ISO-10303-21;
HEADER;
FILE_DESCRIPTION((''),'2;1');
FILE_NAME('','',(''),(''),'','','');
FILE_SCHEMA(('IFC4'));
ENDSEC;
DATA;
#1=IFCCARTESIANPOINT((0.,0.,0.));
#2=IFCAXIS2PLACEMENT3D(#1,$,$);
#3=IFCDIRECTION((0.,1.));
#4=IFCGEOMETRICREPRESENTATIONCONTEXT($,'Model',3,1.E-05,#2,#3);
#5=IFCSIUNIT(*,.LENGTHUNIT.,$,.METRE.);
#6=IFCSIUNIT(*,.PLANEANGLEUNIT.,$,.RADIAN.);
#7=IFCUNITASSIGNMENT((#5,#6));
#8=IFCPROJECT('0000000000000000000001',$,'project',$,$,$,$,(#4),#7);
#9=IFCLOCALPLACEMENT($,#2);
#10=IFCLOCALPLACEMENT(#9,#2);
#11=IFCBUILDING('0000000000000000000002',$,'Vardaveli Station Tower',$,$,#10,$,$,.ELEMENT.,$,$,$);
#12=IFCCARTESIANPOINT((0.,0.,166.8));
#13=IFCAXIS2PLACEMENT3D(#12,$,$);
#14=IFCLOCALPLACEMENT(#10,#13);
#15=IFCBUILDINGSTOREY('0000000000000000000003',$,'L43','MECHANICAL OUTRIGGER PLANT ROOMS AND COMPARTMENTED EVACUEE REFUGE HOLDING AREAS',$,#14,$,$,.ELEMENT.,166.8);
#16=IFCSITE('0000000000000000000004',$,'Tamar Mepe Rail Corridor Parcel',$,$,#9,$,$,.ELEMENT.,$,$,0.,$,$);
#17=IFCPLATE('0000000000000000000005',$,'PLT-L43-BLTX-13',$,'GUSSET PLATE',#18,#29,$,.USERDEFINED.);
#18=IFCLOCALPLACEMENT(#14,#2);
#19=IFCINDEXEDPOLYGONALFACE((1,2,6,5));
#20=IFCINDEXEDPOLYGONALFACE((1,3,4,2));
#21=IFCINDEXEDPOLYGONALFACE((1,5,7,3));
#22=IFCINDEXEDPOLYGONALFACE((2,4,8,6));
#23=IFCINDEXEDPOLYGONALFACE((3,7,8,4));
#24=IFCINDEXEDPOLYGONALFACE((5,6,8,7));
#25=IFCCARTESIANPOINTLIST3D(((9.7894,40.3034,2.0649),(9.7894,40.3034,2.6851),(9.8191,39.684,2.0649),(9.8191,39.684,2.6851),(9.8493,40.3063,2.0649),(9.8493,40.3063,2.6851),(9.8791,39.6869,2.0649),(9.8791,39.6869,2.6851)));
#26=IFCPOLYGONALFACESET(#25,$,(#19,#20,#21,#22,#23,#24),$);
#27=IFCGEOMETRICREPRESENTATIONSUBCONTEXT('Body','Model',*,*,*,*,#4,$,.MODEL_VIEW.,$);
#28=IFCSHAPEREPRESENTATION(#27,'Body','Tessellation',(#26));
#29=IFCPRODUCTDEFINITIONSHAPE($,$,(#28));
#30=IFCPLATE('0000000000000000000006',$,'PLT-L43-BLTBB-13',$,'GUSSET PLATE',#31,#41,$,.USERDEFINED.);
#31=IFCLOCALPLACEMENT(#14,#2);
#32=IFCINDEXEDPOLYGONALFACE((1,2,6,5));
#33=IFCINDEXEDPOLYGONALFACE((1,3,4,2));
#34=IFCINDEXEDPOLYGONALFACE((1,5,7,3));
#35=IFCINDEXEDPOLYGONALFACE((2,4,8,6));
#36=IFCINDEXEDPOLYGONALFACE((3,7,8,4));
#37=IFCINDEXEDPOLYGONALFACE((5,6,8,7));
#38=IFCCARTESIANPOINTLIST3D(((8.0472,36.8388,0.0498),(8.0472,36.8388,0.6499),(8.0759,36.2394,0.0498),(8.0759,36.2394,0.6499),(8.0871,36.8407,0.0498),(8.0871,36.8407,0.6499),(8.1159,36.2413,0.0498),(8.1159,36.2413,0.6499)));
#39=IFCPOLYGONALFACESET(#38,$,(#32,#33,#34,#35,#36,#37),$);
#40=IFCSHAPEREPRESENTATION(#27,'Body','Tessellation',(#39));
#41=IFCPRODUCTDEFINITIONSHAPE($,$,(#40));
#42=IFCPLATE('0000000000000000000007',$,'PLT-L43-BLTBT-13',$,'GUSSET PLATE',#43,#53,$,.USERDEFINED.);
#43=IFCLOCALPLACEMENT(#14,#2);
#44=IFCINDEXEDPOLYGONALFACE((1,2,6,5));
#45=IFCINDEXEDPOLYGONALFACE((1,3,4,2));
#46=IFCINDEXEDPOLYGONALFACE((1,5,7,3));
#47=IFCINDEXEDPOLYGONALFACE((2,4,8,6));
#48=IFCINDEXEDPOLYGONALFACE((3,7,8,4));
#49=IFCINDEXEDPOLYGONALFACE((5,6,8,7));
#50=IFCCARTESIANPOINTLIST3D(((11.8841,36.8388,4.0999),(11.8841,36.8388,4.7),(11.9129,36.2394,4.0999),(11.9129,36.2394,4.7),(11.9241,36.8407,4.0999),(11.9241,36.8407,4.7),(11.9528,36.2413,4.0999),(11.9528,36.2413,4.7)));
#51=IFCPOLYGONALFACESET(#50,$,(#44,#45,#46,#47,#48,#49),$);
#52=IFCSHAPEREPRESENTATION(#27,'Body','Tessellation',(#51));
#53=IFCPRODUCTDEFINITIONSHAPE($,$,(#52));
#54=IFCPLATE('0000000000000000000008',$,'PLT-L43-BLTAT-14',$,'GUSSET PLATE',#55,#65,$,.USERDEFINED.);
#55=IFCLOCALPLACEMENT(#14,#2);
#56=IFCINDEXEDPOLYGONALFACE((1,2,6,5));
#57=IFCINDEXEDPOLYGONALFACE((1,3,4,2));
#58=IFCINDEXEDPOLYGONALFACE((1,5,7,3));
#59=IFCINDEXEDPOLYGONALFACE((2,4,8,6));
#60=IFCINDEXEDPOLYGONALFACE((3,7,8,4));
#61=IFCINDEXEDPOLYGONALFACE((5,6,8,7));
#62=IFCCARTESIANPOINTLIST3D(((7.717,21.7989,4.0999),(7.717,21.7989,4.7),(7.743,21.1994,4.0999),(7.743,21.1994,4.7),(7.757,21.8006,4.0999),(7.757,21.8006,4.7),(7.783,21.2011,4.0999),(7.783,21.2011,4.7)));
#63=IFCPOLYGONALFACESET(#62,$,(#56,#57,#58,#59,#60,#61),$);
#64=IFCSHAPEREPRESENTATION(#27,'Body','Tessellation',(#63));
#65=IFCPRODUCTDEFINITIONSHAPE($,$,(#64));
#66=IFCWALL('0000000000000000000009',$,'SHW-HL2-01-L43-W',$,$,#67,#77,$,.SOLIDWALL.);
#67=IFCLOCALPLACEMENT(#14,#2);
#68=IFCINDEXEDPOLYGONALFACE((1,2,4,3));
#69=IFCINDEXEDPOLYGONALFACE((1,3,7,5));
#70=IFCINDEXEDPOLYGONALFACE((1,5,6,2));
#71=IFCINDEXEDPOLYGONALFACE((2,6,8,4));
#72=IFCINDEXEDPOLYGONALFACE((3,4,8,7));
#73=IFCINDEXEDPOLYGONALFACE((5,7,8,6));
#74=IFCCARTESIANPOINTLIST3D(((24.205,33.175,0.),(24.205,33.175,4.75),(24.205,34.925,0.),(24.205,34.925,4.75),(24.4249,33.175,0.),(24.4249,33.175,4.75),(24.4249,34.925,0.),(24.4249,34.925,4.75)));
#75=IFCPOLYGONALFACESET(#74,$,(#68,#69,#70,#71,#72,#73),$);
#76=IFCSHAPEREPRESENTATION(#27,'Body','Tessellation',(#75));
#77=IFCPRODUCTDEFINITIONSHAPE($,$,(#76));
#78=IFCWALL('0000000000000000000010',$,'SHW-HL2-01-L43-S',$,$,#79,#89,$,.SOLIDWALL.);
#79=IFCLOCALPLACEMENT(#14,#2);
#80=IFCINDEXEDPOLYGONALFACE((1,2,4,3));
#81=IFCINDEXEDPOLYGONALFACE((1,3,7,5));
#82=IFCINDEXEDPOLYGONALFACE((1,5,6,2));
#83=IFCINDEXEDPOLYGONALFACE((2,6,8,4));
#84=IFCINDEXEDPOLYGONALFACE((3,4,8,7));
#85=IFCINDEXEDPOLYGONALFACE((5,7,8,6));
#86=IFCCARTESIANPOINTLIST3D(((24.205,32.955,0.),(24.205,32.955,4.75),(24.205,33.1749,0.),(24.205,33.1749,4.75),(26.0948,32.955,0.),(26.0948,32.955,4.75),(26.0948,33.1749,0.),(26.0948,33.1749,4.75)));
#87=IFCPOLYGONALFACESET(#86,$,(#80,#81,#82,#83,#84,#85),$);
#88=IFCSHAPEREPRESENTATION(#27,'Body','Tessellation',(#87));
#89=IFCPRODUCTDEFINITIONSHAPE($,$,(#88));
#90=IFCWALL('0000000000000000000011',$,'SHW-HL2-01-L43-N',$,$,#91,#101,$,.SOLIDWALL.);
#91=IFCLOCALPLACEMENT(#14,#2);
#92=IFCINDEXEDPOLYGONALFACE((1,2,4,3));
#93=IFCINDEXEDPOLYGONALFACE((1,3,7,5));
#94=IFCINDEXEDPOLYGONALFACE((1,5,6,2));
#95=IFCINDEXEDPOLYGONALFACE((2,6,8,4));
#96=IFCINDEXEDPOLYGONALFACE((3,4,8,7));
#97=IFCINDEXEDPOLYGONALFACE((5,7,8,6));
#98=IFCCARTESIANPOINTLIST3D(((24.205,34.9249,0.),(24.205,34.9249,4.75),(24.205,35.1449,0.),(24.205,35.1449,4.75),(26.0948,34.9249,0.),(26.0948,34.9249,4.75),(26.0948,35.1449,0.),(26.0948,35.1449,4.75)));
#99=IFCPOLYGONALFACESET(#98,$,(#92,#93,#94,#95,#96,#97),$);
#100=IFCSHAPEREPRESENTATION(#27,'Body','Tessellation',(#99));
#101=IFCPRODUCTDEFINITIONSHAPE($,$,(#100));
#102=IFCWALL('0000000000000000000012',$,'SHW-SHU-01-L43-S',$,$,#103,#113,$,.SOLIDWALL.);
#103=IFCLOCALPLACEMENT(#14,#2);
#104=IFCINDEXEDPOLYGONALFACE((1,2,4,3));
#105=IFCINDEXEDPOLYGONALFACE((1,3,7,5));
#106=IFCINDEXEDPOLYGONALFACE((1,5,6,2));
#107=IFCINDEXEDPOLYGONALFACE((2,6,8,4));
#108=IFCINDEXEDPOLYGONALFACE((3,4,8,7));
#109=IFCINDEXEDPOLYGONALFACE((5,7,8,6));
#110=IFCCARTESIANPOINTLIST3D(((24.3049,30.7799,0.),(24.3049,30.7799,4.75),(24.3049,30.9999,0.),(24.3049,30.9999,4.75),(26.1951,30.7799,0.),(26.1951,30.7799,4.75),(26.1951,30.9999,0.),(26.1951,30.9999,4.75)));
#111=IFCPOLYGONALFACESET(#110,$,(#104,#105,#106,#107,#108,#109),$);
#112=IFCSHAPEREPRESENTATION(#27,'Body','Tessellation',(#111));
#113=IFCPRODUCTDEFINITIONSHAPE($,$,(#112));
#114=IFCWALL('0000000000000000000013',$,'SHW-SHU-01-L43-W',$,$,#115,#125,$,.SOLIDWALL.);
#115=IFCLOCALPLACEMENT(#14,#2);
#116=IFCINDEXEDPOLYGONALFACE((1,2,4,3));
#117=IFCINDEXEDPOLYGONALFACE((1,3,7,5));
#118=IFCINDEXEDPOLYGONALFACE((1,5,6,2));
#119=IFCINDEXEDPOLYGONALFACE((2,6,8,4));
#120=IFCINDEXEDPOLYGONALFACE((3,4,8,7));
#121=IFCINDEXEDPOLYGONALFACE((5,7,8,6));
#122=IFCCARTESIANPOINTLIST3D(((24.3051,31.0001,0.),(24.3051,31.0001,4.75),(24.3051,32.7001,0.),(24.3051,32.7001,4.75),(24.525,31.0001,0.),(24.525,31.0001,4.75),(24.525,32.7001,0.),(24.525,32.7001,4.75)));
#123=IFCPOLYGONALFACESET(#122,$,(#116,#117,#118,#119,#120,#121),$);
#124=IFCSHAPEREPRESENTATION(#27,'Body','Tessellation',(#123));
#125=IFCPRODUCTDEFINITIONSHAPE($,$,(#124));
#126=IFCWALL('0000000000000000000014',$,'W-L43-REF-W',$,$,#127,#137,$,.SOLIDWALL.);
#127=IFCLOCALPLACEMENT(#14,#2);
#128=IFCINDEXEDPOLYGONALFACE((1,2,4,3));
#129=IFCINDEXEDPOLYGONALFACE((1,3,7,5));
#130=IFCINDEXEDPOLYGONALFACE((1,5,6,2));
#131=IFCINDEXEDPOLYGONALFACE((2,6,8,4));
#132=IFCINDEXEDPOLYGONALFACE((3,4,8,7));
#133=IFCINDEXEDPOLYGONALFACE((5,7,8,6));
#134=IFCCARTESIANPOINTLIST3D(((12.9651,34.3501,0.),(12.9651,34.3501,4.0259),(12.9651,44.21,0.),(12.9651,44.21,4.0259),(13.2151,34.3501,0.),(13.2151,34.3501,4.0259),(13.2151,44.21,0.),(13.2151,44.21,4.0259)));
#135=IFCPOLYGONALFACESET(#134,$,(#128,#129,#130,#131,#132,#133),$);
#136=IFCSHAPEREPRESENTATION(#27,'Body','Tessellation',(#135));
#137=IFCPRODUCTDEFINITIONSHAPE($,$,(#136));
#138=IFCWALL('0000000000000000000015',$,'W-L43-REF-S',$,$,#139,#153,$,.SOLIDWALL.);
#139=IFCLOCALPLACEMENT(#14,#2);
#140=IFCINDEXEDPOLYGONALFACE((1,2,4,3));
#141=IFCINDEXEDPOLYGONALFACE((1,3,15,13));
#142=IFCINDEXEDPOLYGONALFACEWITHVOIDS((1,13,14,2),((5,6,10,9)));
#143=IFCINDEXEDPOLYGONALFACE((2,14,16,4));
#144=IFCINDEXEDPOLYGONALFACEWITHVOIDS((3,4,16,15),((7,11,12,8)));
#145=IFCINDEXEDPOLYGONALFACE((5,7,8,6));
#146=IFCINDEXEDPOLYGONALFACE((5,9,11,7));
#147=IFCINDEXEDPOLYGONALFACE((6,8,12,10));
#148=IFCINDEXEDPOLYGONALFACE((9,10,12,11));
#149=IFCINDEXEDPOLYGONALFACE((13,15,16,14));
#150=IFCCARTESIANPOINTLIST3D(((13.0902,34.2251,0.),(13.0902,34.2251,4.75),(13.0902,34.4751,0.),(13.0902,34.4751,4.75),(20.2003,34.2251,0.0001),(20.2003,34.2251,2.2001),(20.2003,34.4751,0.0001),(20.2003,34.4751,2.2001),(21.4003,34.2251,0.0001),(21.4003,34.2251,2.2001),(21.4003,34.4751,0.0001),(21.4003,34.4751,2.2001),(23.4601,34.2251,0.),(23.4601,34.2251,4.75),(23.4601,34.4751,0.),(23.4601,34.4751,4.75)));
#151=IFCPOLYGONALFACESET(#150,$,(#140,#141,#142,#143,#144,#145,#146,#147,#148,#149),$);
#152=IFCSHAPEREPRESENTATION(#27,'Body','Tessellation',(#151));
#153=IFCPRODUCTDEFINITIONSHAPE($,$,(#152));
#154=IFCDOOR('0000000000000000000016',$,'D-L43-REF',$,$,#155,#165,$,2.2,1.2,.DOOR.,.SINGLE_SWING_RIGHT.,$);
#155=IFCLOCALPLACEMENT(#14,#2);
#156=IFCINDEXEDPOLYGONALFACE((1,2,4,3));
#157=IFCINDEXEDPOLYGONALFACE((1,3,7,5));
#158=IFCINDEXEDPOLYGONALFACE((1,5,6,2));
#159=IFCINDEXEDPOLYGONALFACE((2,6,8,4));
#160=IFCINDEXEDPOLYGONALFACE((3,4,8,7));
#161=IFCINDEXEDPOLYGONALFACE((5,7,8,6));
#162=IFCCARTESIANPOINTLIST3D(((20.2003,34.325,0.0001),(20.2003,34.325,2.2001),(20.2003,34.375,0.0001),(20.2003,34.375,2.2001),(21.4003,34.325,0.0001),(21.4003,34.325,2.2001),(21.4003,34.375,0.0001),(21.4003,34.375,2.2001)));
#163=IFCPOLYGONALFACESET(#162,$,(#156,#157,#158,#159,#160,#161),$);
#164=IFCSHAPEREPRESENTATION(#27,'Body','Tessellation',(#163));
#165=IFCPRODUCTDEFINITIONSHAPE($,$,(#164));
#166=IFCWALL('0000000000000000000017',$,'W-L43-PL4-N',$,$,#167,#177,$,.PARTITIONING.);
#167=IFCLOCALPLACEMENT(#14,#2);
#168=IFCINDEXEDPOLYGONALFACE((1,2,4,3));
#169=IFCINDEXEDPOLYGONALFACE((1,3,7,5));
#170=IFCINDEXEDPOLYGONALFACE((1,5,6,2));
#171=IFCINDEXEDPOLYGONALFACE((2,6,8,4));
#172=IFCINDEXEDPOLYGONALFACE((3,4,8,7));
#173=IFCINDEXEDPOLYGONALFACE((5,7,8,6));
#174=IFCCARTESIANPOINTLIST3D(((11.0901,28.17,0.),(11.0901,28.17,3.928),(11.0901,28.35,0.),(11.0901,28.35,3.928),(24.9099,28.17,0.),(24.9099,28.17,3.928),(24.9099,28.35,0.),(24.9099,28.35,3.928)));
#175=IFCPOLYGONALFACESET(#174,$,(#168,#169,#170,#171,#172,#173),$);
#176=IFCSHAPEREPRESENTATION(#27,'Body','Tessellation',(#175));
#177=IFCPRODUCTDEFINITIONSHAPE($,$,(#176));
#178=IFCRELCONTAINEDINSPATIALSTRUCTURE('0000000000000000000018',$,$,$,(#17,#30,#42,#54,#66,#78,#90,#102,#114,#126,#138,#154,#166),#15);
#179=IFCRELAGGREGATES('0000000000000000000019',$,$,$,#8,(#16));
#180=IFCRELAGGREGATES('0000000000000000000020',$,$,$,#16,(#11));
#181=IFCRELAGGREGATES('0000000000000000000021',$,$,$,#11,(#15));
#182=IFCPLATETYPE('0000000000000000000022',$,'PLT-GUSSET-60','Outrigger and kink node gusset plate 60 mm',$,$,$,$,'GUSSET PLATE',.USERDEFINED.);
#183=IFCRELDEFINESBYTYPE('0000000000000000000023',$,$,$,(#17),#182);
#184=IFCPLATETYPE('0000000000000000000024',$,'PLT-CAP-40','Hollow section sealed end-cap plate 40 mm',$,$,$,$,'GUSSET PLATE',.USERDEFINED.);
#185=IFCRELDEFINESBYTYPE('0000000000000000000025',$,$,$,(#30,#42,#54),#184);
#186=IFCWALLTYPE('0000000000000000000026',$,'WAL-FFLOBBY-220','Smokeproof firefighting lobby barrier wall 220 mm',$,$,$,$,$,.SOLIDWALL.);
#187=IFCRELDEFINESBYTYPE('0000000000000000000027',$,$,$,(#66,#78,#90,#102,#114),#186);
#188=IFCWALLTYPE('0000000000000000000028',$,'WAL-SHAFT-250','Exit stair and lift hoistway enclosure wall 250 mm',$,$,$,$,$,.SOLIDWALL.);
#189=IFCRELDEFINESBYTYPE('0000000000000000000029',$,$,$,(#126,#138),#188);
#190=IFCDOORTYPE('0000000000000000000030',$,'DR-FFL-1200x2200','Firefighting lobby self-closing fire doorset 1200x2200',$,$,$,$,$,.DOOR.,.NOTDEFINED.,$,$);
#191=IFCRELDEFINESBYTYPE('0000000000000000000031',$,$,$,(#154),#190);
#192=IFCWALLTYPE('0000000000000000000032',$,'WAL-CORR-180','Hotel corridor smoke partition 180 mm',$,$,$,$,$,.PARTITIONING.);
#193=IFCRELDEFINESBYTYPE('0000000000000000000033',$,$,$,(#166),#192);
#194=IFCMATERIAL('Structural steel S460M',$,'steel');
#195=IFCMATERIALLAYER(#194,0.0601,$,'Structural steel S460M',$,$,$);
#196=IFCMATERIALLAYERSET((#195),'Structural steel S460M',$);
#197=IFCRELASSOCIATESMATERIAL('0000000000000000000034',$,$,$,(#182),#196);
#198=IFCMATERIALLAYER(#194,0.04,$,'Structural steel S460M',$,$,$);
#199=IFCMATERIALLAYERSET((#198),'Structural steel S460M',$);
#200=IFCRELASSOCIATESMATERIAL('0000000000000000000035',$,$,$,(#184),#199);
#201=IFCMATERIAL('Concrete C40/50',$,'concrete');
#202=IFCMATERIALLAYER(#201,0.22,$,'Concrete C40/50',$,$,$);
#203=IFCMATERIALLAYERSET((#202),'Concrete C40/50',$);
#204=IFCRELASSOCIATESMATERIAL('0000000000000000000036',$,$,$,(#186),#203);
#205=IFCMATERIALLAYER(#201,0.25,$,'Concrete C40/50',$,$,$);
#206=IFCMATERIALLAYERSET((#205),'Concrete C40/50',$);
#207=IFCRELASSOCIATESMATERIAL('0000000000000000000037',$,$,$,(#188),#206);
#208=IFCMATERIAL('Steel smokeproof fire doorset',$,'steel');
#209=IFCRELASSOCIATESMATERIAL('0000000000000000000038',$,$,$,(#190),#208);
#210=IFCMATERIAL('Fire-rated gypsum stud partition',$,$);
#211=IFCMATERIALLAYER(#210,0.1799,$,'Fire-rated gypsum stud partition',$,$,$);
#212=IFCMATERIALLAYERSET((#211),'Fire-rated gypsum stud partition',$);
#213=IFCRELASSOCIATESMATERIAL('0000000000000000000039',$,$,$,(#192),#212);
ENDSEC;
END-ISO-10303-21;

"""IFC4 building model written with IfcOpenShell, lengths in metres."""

from ifc_helpers import new_model, si_unit, direction, frame, frame_2d, origin, origin_2d, place, context, subcontext, project, spatial, rectangle, extrude, source, transform, mapped, material, layer, layer_set, type_object, element, fill, save


model = new_model("IFC4")

# Units and contexts
model_context = context("Model", 3, precision=1e-05, world=origin(), true_north=direction((0.0, 1.0)))
body_context = subcontext(model_context, "Body", "Model", "MODEL_VIEW")
ifc_project = project(units=[si_unit("LENGTHUNIT", "METRE"), si_unit("PLANEANGLEUNIT", "RADIAN")], contexts=[model_context])

# Site, building, storey
site_placement = place(None, origin())
site = spatial("IfcSite", under=ifc_project, at=site_placement, Name="Tamar Mepe Rail Corridor Parcel", CompositionType="ELEMENT", RefElevation=0.0)
building_placement = place(site_placement, origin())
building = spatial("IfcBuilding", under=site, at=building_placement, Name="Vardaveli Station Tower", CompositionType="ELEMENT")
storey_placement = place(building_placement, frame((0.0, 0.0, 166.8)))
storey = spatial("IfcBuildingStorey", under=building, at=storey_placement, Name="L43", Description="MECHANICAL OUTRIGGER PLANT ROOMS AND COMPARTMENTED EVACUEE REFUGE HOLDING AREAS", CompositionType="ELEMENT", Elevation=166.8)

# Shared definitions
ifc_material_1 = material(Name="Structural steel S460M", Category="steel")

# Plates
ifc_layer_1 = layer(ifc_material_1, 0.0601, Name="Structural steel S460M")
ifc_layer_set_1 = layer_set([ifc_layer_1], Name="Structural steel S460M")
plate_type_1 = type_object("IfcPlateType", Name="PLT-GUSSET-60", Description="Outrigger and kink node gusset plate 60 mm", ElementType="GUSSET PLATE", PredefinedType="USERDEFINED", material=ifc_layer_set_1)
shared_shape_1 = source(origin(), body_context, "Body", "SweptSolid", [
    extrude(rectangle(XDim=0.6201, YDim=0.0601, at=origin_2d()), origin(), (0.0, 0.0, 1.0), 0.6201),
])
plate_placement = place(storey_placement, frame((9.8342, 39.9951, 2.0649), z_axis=(0.0, 0.0, 1.0), x_axis=(0.047978, -0.998848, 0.0)))
element("IfcPlate", 1, at=plate_placement, inside=storey, type_object=plate_type_1, Name="PLT-L43-BLTX-13", ObjectType="GUSSET PLATE", PredefinedType="USERDEFINED", context=body_context, shape_type="MappedRepresentation", body=[
    mapped(shared_shape_1, transform((0.0, 0.0, 0.0), scale=1.0)),
])
ifc_layer_2 = layer(ifc_material_1, 0.04, Name="Structural steel S460M")
ifc_layer_set_2 = layer_set([ifc_layer_2], Name="Structural steel S460M")
plate_type_2 = type_object("IfcPlateType", Name="PLT-CAP-40", Description="Hollow section sealed end-cap plate 40 mm", ElementType="GUSSET PLATE", PredefinedType="USERDEFINED", material=ifc_layer_set_2)
shared_shape_2 = source(origin(), body_context, "Body", "SweptSolid", [
    extrude(rectangle(XDim=0.6001, YDim=0.04, at=origin_2d()), origin(), (0.0, 0.0, 1.0), 0.6001),
])
for number, where, z_axis, x_axis, name in (
    (2, (8.0815, 36.54, 0.0498), (0.0, 0.0, 1.0), (0.047978, -0.998848, 0.0), "PLT-L43-BLTBB-13"),
    (3, (11.9185, 36.54, 4.0999), (0.0, 0.0, 1.0), (0.047978, -0.998848, 0.0), "PLT-L43-BLTBT-13"),
    (4, (7.75, 21.5, 4.0999), (0.0, 0.0, 1.0), (0.043445, -0.999056, 0.0), "PLT-L43-BLTAT-14"),
):
    element("IfcPlate", number, at=place(storey_placement, frame(where, z_axis=z_axis, x_axis=x_axis)), inside=storey, type_object=plate_type_2, Name=name, ObjectType="GUSSET PLATE", PredefinedType="USERDEFINED", context=body_context, shape_type="MappedRepresentation", body=[
        mapped(shared_shape_2, transform((0.0, 0.0, 0.0), scale=1.0)),
    ])

# Walls
ifc_material_2 = material(Name="Concrete C40/50", Category="concrete")
ifc_layer_3 = layer(ifc_material_2, 0.22, Name="Concrete C40/50")
ifc_layer_set_3 = layer_set([ifc_layer_3], Name="Concrete C40/50")
wall_type_1 = type_object("IfcWallType", Name="WAL-FFLOBBY-220", Description="Smokeproof firefighting lobby barrier wall 220 mm", PredefinedType="SOLIDWALL", material=ifc_layer_set_3)
shared_shape_3 = source(origin(), body_context, "Body", "SweptSolid", [
    extrude(rectangle(XDim=1.75, YDim=0.22, at=frame_2d((0.875, 0.0))), origin(), (0.0, 0.0, 1.0), 4.75),
])
wall_1_placement = place(storey_placement, frame((24.3149, 33.175, 0.0), z_axis=(0.0, 0.0, 1.0), x_axis=(0.0, 1.0, 0.0)))
element("IfcWall", 5, at=wall_1_placement, inside=storey, type_object=wall_type_1, Name="SHW-HL2-01-L43-W", PredefinedType="SOLIDWALL", context=body_context, shape_type="MappedRepresentation", body=[
    mapped(shared_shape_3, transform((0.0, 0.0, 0.0), scale=1.0)),
])
shared_shape_4 = source(origin(), body_context, "Body", "SweptSolid", [
    extrude(rectangle(XDim=1.8899, YDim=0.22, at=frame_2d((0.9448, 0.0))), origin(), (0.0, 0.0, 1.0), 4.75),
])
for number, where, z_axis, x_axis, name in (
    (6, (24.2051, 33.0649, 0.0), (0.0, 0.0, 1.0), (1.0, 0.0, 0.0), "SHW-HL2-01-L43-S"),
    (7, (24.2051, 35.0349, 0.0), (0.0, 0.0, 1.0), (1.0, 0.0, 0.0), "SHW-HL2-01-L43-N"),
):
    element("IfcWall", number, at=place(storey_placement, frame(where, z_axis=z_axis, x_axis=x_axis)), inside=storey, type_object=wall_type_1, Name=name, PredefinedType="SOLIDWALL", context=body_context, shape_type="MappedRepresentation", body=[
        mapped(shared_shape_4, transform((0.0, 0.0, 0.0), scale=1.0)),
    ])
shared_shape_5 = source(origin(), body_context, "Body", "SweptSolid", [
    extrude(rectangle(XDim=1.8901, YDim=0.22, at=frame_2d((0.9451, 0.0))), origin(), (0.0, 0.0, 1.0), 4.75),
])
wall_2_placement = place(storey_placement, frame((24.3049, 30.8899, 0.0), z_axis=(0.0, 0.0, 1.0), x_axis=(1.0, 0.0, 0.0)))
element("IfcWall", 8, at=wall_2_placement, inside=storey, type_object=wall_type_1, Name="SHW-SHU-01-L43-S", PredefinedType="SOLIDWALL", context=body_context, shape_type="MappedRepresentation", body=[
    mapped(shared_shape_5, transform((0.0, 0.0, 0.0), scale=1.0)),
])
shared_shape_6 = source(origin(), body_context, "Body", "SweptSolid", [
    extrude(rectangle(XDim=1.7, YDim=0.22, at=frame_2d((0.8501, 0.0))), origin(), (0.0, 0.0, 1.0), 4.75),
])
wall_3_placement = place(storey_placement, frame((24.415, 31.0, 0.0), z_axis=(0.0, 0.0, 1.0), x_axis=(0.0, 1.0, 0.0)))
element("IfcWall", 9, at=wall_3_placement, inside=storey, type_object=wall_type_1, Name="SHW-SHU-01-L43-W", PredefinedType="SOLIDWALL", context=body_context, shape_type="MappedRepresentation", body=[
    mapped(shared_shape_6, transform((0.0, 0.0, 0.0), scale=1.0)),
])
ifc_layer_4 = layer(ifc_material_2, 0.25, Name="Concrete C40/50")
ifc_layer_set_4 = layer_set([ifc_layer_4], Name="Concrete C40/50")
wall_type_2 = type_object("IfcWallType", Name="WAL-SHAFT-250", Description="Exit stair and lift hoistway enclosure wall 250 mm", PredefinedType="SOLIDWALL", material=ifc_layer_set_4)
shared_shape_7 = source(origin(), body_context, "Body", "SweptSolid", [
    extrude(rectangle(XDim=9.8599, YDim=0.25, at=frame_2d((4.9299, 0.0))), origin(), (0.0, 0.0, 1.0), 4.0259),
])
wall_4_placement = place(storey_placement, frame((13.0901, 34.3501, 0.0), z_axis=(0.0, 0.0, 1.0), x_axis=(0.0, 1.0, 0.0)))
element("IfcWall", 10, at=wall_4_placement, inside=storey, type_object=wall_type_2, Name="W-L43-REF-W", PredefinedType="SOLIDWALL", context=body_context, shape_type="MappedRepresentation", body=[
    mapped(shared_shape_7, transform((0.0, 0.0, 0.0), scale=1.0)),
])

# Wall, opening, door
shared_shape_8 = source(origin(), body_context, "Body", "SweptSolid", [
    extrude(rectangle(XDim=10.3699, YDim=0.25, at=frame_2d((5.1851, 0.0))), origin(), (0.0, 0.0, 1.0), 4.75),
])
wall_5_placement = place(storey_placement, frame((13.0901, 34.3501, 0.0), z_axis=(0.0, 0.0, 1.0), x_axis=(1.0, 0.0, 0.0)))
wall_5 = element("IfcWall", 11, at=wall_5_placement, inside=storey, type_object=wall_type_2, Name="W-L43-REF-S", PredefinedType="SOLIDWALL", context=body_context, shape_type="MappedRepresentation", body=[
    mapped(shared_shape_8, transform((0.0, 0.0, 0.0), scale=1.0)),
])
shared_shape_9 = source(origin(), body_context, "Body", "SweptSolid", [
    extrude(rectangle(XDim=1.2, YDim=2.2, at=frame_2d((0.6001, 1.1001))), frame((0.0, 0.135, 0.0), z_axis=(0.0, -1.0, 0.0), x_axis=(1.0, 0.0, 0.0)), (0.0, 0.0, 1.0), 0.27),
])
opening_placement = place(wall_5_placement, frame((7.1101, 0.0, 0.0)))
opening = element("IfcOpeningElement", 12, at=opening_placement, cuts=wall_5, PredefinedType="OPENING", context=body_context, shape_type="MappedRepresentation", body=[
    mapped(shared_shape_9, transform((0.0, 0.0, 0.0), scale=1.0)),
])
ifc_material_3 = material(Name="Steel smokeproof fire doorset", Category="steel")
door_type = type_object("IfcDoorType", Name="DR-FFL-1200x2200", Description="Firefighting lobby self-closing fire doorset 1200x2200", OperationType="NOTDEFINED", PredefinedType="DOOR", material=ifc_material_3)
shared_shape_10 = source(origin(), body_context, "Body", "SweptSolid", [
    extrude(rectangle(XDim=1.2, YDim=2.2, at=frame_2d((0.6001, 1.1001))), frame((0.0, 0.0249, 0.0), z_axis=(0.0, -1.0, 0.0), x_axis=(1.0, 0.0, 0.0)), (0.0, 0.0, 1.0), 0.05),
])
door_placement = place(opening_placement, origin())
door = element("IfcDoor", 13, at=door_placement, inside=storey, type_object=door_type, Name="D-L43-REF", OperationType="SINGLE_SWING_RIGHT", OverallHeight=2.2, OverallWidth=1.2, PredefinedType="DOOR", context=body_context, shape_type="MappedRepresentation", body=[
    mapped(shared_shape_10, transform((0.0, 0.0, 0.0), scale=1.0)),
])
fill(opening, door)

# Wall
ifc_material_4 = material(Name="Fire-rated gypsum stud partition")
ifc_layer_5 = layer(ifc_material_4, 0.1799, Name="Fire-rated gypsum stud partition")
ifc_layer_set_5 = layer_set([ifc_layer_5], Name="Fire-rated gypsum stud partition")
wall_type_3 = type_object("IfcWallType", Name="WAL-CORR-180", Description="Hotel corridor smoke partition 180 mm", PredefinedType="PARTITIONING", material=ifc_layer_set_5)
shared_shape_11 = source(origin(), body_context, "Body", "SweptSolid", [
    extrude(rectangle(XDim=13.8198, YDim=0.1799, at=frame_2d((6.9099, 0.0))), origin(), (0.0, 0.0, 1.0), 3.928),
])
wall_6_placement = place(storey_placement, frame((11.0901, 28.26, 0.0), z_axis=(0.0, 0.0, 1.0), x_axis=(1.0, 0.0, 0.0)))
element("IfcWall", 14, at=wall_6_placement, inside=storey, type_object=wall_type_3, Name="W-L43-PL4-N", PredefinedType="PARTITIONING", context=body_context, shape_type="MappedRepresentation", body=[
    mapped(shared_shape_11, transform((0.0, 0.0, 0.0), scale=1.0)),
])

save(model, "model.ifc")
